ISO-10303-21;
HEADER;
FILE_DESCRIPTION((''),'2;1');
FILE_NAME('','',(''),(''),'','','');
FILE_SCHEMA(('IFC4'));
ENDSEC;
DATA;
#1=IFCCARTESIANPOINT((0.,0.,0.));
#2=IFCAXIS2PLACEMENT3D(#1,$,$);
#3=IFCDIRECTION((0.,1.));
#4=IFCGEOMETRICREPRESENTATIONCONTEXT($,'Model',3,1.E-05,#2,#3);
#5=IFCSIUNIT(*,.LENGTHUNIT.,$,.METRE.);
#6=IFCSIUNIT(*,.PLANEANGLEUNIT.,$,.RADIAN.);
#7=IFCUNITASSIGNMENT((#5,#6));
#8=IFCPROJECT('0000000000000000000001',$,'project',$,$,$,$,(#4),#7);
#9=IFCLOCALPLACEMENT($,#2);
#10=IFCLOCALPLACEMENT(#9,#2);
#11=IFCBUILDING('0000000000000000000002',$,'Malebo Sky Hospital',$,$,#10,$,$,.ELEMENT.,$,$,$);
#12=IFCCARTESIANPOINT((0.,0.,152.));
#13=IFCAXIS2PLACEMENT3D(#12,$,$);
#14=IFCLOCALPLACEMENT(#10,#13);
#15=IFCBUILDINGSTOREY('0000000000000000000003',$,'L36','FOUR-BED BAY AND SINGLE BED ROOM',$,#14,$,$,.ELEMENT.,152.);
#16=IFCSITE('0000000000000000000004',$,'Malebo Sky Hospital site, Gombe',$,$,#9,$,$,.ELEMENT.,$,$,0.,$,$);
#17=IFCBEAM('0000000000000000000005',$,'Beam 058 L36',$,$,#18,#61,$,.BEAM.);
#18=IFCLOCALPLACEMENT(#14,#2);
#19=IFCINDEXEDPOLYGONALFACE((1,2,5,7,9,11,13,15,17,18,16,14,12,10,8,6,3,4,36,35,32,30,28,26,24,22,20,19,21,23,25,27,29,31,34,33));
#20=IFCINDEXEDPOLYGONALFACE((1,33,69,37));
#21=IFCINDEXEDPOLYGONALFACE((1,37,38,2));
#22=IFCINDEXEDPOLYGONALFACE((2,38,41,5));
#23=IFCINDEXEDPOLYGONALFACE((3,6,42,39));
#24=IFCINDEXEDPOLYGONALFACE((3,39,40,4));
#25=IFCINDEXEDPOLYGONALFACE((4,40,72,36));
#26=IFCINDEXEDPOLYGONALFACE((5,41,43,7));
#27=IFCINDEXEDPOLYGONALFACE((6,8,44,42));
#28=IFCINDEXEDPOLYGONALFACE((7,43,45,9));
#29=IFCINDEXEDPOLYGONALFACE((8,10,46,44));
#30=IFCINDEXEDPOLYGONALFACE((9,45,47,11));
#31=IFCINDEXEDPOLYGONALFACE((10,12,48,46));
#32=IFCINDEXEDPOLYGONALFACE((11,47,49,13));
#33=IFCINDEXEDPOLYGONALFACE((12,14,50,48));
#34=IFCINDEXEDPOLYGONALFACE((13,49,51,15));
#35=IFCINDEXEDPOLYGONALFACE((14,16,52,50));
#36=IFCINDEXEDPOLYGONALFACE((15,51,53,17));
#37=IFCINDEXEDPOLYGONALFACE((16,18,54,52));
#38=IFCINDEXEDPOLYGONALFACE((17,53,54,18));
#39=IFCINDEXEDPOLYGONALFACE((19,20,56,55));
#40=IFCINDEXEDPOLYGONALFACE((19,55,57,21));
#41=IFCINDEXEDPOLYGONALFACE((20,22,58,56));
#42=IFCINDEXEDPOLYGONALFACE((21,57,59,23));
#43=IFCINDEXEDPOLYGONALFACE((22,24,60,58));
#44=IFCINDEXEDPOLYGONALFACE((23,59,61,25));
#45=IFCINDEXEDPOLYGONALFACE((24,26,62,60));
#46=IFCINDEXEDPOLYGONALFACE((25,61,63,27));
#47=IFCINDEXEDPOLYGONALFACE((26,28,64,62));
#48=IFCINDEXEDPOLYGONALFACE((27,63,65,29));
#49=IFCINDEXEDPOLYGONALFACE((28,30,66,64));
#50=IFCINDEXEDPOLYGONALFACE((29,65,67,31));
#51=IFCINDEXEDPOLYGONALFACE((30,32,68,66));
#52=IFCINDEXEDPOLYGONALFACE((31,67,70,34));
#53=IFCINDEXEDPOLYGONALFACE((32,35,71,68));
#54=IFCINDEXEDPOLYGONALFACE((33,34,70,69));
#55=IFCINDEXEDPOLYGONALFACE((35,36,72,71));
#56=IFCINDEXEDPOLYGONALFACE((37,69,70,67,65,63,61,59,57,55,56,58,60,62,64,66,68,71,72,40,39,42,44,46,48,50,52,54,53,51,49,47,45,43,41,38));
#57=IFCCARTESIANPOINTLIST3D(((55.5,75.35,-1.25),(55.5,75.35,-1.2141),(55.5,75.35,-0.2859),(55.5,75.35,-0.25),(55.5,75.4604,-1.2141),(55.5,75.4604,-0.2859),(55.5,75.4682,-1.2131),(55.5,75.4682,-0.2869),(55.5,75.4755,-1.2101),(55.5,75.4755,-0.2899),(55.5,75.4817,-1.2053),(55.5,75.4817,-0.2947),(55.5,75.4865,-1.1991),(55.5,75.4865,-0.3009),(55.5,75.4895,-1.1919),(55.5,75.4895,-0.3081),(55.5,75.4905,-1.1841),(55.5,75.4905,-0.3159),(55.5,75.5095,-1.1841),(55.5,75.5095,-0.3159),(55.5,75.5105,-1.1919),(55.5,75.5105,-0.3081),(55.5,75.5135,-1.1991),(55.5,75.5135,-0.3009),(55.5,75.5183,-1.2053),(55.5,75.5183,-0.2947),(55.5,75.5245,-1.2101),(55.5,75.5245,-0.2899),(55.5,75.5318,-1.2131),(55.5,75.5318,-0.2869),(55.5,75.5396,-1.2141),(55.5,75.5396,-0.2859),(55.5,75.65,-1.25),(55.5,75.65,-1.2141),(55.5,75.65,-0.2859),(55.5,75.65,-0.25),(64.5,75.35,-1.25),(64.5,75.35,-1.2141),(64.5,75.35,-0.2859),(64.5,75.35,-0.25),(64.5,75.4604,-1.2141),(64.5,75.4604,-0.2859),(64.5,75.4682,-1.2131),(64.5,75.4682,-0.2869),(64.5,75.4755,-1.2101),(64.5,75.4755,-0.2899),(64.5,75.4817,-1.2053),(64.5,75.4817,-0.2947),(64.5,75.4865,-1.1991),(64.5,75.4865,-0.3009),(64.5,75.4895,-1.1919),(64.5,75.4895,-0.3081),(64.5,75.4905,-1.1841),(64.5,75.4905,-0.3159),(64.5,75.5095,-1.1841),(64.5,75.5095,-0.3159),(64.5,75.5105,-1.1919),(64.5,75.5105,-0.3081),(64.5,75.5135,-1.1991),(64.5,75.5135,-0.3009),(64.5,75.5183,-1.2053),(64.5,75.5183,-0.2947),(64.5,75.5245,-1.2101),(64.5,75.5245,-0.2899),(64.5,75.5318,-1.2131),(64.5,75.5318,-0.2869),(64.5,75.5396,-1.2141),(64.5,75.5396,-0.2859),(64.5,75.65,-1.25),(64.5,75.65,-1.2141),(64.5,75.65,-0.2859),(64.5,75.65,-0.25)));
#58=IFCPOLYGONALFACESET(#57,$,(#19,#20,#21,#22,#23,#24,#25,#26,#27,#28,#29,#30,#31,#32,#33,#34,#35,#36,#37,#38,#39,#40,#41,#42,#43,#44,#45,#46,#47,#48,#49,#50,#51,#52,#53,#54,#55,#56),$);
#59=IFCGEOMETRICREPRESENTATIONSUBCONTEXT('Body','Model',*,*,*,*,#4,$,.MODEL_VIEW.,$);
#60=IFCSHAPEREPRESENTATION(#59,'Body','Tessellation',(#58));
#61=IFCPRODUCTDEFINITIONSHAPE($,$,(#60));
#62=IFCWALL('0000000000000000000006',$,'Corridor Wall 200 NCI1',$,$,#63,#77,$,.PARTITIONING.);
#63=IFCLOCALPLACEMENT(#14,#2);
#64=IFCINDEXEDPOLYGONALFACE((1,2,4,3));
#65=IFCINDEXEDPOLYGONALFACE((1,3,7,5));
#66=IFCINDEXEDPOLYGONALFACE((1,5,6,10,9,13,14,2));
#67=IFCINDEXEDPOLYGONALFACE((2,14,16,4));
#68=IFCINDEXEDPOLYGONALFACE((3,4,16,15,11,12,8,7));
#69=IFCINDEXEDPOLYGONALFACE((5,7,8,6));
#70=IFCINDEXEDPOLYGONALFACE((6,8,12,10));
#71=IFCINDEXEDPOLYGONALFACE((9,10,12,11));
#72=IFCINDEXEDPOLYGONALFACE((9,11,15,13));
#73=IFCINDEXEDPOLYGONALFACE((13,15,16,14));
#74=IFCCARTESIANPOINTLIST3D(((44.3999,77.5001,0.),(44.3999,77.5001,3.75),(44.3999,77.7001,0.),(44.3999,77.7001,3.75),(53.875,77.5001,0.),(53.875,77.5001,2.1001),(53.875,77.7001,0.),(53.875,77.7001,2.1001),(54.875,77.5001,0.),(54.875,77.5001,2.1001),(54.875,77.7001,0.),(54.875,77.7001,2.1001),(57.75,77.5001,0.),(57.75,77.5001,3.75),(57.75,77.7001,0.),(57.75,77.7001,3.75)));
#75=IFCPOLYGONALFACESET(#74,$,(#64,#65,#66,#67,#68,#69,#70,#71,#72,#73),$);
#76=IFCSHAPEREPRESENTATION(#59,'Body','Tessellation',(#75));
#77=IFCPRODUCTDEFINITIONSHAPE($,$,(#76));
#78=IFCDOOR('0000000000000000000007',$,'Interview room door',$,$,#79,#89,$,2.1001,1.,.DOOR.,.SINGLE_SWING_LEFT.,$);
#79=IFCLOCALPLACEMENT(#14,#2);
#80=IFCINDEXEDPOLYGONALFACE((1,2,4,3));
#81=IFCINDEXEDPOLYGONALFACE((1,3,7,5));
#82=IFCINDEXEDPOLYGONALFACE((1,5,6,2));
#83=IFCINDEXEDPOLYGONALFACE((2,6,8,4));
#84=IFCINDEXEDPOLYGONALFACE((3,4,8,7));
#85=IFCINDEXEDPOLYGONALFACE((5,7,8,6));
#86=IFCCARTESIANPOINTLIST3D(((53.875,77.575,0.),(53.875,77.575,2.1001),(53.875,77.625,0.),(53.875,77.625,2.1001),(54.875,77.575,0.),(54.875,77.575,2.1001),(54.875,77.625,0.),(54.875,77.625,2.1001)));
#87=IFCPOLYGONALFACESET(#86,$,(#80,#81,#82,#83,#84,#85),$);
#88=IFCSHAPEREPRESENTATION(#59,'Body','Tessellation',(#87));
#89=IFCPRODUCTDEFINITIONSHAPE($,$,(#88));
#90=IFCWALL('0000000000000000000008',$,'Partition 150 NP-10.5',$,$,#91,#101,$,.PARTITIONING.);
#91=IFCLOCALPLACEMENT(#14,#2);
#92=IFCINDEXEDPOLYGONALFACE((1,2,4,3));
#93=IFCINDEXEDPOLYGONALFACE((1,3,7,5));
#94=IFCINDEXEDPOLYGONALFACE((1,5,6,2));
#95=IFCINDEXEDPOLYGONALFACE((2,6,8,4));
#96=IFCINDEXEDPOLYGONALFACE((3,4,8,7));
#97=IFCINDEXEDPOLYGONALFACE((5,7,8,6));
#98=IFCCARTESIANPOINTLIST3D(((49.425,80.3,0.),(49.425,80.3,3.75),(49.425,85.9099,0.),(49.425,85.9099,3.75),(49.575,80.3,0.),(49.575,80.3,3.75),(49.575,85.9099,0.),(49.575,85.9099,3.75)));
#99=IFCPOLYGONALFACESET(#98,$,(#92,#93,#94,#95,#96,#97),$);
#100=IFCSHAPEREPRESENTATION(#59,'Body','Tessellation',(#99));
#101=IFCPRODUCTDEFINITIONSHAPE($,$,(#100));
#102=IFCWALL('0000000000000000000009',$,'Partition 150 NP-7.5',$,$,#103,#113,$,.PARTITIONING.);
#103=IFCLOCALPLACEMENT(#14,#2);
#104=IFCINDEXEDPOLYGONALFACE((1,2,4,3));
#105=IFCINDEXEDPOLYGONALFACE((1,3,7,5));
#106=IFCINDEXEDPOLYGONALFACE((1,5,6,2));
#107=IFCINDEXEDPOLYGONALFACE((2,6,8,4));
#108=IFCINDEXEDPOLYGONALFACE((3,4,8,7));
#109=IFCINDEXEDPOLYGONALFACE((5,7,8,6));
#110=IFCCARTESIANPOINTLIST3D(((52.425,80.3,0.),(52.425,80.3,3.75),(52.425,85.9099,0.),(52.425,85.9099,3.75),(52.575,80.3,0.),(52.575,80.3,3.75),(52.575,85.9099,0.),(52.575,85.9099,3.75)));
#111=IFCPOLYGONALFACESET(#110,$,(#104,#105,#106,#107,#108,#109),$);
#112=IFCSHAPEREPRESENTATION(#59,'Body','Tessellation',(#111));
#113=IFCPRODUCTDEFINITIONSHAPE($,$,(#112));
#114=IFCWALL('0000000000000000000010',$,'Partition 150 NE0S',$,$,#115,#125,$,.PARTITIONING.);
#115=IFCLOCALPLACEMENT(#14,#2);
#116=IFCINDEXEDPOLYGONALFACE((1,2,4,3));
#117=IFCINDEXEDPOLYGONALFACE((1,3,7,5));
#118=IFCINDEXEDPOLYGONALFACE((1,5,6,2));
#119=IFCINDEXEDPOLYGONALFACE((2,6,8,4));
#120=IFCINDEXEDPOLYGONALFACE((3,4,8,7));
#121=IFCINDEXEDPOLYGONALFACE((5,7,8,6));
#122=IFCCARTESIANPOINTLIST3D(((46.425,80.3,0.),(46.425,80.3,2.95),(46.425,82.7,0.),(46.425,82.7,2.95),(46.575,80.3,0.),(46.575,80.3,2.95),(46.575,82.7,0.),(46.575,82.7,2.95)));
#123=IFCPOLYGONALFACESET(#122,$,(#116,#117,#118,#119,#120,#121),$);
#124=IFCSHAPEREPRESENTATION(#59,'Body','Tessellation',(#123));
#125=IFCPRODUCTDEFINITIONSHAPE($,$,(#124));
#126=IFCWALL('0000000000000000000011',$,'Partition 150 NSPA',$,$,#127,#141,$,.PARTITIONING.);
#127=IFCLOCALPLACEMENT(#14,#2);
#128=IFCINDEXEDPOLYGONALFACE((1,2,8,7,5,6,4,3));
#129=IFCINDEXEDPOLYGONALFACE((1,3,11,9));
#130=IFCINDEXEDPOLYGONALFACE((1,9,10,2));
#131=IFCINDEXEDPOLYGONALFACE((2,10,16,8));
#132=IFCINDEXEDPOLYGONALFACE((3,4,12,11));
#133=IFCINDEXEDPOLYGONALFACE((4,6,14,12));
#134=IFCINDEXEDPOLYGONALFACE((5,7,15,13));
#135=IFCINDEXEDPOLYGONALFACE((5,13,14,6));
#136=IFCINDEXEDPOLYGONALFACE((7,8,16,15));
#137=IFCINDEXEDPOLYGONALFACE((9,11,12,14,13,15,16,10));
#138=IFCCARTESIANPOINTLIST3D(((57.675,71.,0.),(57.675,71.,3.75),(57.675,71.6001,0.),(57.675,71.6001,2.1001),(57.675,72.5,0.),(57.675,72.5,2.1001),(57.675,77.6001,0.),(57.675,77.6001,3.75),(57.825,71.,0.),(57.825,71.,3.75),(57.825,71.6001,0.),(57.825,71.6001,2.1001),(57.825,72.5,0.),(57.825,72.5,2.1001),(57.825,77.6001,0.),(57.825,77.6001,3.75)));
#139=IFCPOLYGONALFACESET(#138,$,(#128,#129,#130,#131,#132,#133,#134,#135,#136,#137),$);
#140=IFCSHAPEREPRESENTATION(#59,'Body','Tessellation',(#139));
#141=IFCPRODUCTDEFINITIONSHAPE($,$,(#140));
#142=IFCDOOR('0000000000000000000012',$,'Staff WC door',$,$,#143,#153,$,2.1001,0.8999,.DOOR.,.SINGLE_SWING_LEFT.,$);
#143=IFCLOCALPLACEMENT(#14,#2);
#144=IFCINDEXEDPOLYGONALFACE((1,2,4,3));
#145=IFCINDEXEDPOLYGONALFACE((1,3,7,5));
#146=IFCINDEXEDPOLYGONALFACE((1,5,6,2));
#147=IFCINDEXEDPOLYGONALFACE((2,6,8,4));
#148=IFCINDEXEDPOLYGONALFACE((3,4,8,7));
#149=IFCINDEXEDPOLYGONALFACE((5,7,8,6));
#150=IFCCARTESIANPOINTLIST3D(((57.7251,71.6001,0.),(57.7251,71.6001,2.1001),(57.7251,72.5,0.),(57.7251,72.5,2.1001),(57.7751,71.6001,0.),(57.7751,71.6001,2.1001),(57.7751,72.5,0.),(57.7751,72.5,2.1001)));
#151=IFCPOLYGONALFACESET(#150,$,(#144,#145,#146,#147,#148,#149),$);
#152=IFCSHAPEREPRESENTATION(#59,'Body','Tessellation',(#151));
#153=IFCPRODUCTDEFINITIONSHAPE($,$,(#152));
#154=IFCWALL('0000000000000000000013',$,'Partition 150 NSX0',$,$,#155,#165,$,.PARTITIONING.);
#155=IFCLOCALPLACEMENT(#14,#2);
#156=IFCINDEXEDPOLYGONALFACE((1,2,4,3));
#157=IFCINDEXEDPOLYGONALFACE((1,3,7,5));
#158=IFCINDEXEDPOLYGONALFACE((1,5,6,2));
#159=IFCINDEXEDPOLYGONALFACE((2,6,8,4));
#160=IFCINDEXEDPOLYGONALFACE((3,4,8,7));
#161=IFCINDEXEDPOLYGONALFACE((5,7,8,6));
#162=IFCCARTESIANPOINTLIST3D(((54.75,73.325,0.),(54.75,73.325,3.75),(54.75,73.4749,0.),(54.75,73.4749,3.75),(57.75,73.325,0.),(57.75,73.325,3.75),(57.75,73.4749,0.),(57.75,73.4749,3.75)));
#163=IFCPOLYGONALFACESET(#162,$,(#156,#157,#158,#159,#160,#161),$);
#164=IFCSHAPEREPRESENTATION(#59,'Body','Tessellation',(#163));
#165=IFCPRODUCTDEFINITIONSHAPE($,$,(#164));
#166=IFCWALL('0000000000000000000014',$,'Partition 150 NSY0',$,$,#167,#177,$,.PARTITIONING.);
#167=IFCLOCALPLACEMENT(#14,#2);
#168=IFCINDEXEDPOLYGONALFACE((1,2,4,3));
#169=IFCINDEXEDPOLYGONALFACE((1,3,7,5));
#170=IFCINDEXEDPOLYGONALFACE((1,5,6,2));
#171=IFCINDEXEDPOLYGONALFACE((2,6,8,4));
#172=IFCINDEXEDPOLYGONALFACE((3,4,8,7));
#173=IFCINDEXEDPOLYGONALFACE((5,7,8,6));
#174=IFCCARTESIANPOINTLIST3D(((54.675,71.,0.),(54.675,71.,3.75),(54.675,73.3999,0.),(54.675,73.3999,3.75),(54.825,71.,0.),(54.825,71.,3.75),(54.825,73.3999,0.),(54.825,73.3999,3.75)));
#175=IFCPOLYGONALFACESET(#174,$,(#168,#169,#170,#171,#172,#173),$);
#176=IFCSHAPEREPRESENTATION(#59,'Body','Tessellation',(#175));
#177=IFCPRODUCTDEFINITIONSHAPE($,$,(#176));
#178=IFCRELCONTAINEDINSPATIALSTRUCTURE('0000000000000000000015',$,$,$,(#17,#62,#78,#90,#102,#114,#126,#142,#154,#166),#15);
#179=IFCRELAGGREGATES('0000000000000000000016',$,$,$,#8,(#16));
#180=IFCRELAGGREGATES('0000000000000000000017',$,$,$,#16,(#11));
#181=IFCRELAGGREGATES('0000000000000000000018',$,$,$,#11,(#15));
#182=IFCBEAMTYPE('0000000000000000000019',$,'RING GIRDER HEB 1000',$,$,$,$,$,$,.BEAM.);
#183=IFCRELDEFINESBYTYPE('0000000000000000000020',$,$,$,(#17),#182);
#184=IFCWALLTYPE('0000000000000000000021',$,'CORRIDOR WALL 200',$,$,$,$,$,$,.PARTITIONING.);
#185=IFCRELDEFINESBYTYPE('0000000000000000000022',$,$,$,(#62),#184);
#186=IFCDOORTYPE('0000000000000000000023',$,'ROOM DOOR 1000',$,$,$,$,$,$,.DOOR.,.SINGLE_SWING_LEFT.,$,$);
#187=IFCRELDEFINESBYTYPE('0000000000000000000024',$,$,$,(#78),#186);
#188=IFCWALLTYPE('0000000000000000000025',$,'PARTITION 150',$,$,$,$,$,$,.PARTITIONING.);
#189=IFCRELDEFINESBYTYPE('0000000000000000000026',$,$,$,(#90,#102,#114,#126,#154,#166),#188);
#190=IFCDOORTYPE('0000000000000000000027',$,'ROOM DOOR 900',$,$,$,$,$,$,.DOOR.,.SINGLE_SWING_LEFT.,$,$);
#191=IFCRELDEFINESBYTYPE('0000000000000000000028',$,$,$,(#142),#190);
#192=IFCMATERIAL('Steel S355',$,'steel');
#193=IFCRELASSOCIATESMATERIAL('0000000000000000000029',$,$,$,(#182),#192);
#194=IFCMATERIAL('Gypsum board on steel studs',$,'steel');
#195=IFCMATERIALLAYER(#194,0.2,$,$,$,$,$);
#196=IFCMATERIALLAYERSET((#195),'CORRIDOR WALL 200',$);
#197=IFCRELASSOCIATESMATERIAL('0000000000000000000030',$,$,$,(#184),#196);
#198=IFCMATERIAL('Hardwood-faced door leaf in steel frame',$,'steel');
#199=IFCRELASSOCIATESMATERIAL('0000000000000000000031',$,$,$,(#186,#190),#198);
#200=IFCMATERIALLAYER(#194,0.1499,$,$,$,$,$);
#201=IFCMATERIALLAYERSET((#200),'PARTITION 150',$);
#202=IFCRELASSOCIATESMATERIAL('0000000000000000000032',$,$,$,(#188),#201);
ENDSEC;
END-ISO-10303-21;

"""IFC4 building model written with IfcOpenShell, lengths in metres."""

from ifc_helpers import new_model, si_unit, direction, frame, frame_2d, origin, origin_2d, place, context, subcontext, project, spatial, rectangle, i_section, extrude, material, layer, layer_set, material_profile, profile_set, type_object, element, fill, save


model = new_model("IFC4")

# Units and contexts
model_context = context("Model", 3, precision=1e-05, world=origin(), true_north=direction((0.0, 1.0)))
body_context = subcontext(model_context, "Body", "Model", "MODEL_VIEW")
ifc_project = project(units=[si_unit("LENGTHUNIT", "METRE"), si_unit("PLANEANGLEUNIT", "RADIAN")], contexts=[model_context])

# Site, building, storey
site_placement = place(None, origin())
site = spatial("IfcSite", under=ifc_project, at=site_placement, Name="Malebo Sky Hospital site, Gombe", CompositionType="ELEMENT", RefElevation=0.0)
building_placement = place(site_placement, origin())
building = spatial("IfcBuilding", under=site, at=building_placement, Name="Malebo Sky Hospital", CompositionType="ELEMENT")
storey_placement = place(building_placement, frame((0.0, 0.0, 152.0)))
storey = spatial("IfcBuildingStorey", under=building, at=storey_placement, Name="L36", Description="FOUR-BED BAY AND SINGLE BED ROOM", CompositionType="ELEMENT", Elevation=152.0)

# Beam
ifc_material_1 = material(Name="Steel S355", Category="steel")
ifc_material_profile_1 = material_profile(ifc_material_1, i_section(OverallWidth=0.3, OverallDepth=1.0, WebThickness=0.019, FlangeThickness=0.0359, FilletRadius=0.03, at=origin_2d()), Name="HEB 1000")
ifc_profile_set_1 = profile_set([ifc_material_profile_1], Name="Steel S355")
beam_type_1 = type_object("IfcBeamType", Name="RING GIRDER HEB 1000", PredefinedType="BEAM", material=ifc_profile_set_1)
beam_1_placement = place(storey_placement, frame((55.5, 75.5, -0.75), z_axis=(1.0, 0.0, 0.0), x_axis=(0.0, 1.0, 0.0)))
element("IfcBeam", 1, at=beam_1_placement, inside=storey, type_object=beam_type_1, Name="Beam 058 L36", PredefinedType="BEAM", context=body_context, shape_type="SweptSolid", body=[
    extrude(i_section(OverallWidth=0.3, OverallDepth=1.0, WebThickness=0.019, FlangeThickness=0.0359, FilletRadius=0.03, at=origin_2d()), origin(), (0.0, 0.0, 1.0), 9.0),
])

# Wall, opening, door
ifc_material_2 = material(Name="Gypsum board on steel studs", Category="steel")
ifc_layer_1 = layer(ifc_material_2, 0.2)
ifc_layer_set_1 = layer_set([ifc_layer_1], Name="CORRIDOR WALL 200")
wall_type_1 = type_object("IfcWallType", Name="CORRIDOR WALL 200", PredefinedType="PARTITIONING", material=ifc_layer_set_1)
wall_1_placement = place(storey_placement, frame((44.3999, 77.6001, 0.0), z_axis=(0.0, 0.0, 1.0), x_axis=(1.0, 0.0, 0.0)))
wall_1 = element("IfcWall", 2, at=wall_1_placement, inside=storey, type_object=wall_type_1, Name="Corridor Wall 200 NCI1", PredefinedType="PARTITIONING", context=body_context, shape_type="SweptSolid", body=[
    extrude(rectangle(XDim=13.3501, YDim=0.2, at=frame_2d((6.675, 0.0))), origin(), (0.0, 0.0, 1.0), 3.75),
])
opening_1_placement = place(wall_1_placement, frame((9.4751, 0.0, 0.0)))
opening_1 = element("IfcOpeningElement", 3, at=opening_1_placement, cuts=wall_1, PredefinedType="OPENING", context=body_context, shape_type="SweptSolid", body=[
    extrude(rectangle(XDim=1.0, YDim=2.1001, at=frame_2d((0.5, 1.05))), frame((0.0, 0.1099, 0.0), z_axis=(0.0, -1.0, 0.0), x_axis=(1.0, 0.0, 0.0)), (0.0, 0.0, 1.0), 0.22),
])
ifc_material_3 = material(Name="Hardwood-faced door leaf in steel frame", Category="steel")
door_type_1 = type_object("IfcDoorType", Name="ROOM DOOR 1000", OperationType="SINGLE_SWING_LEFT", PredefinedType="DOOR", material=ifc_material_3)
door_1_placement = place(opening_1_placement, origin())
door_1 = element("IfcDoor", 4, at=door_1_placement, inside=storey, type_object=door_type_1, Name="Interview room door", OperationType="SINGLE_SWING_LEFT", OverallHeight=2.1001, OverallWidth=1.0, PredefinedType="DOOR", context=body_context, shape_type="SweptSolid", body=[
    extrude(rectangle(XDim=1.0, YDim=2.1001, at=frame_2d((0.5, 1.05))), frame((0.0, 0.0249, 0.0), z_axis=(0.0, -1.0, 0.0), x_axis=(1.0, 0.0, 0.0)), (0.0, 0.0, 1.0), 0.05),
])
fill(opening_1, door_1)

# Walls
ifc_layer_2 = layer(ifc_material_2, 0.1499)
ifc_layer_set_2 = layer_set([ifc_layer_2], Name="PARTITION 150")
wall_type_2 = type_object("IfcWallType", Name="PARTITION 150", PredefinedType="PARTITIONING", material=ifc_layer_set_2)
for number, where, z_axis, x_axis, name in (
    (5, (49.5, 80.3, 0.0), (0.0, 0.0, 1.0), (0.0, 1.0, 0.0), "Partition 150 NP-10.5"),
    (6, (52.5, 80.3, 0.0), (0.0, 0.0, 1.0), (0.0, 1.0, 0.0), "Partition 150 NP-7.5"),
):
    element("IfcWall", number, at=place(storey_placement, frame(where, z_axis=z_axis, x_axis=x_axis)), inside=storey, type_object=wall_type_2, Name=name, PredefinedType="PARTITIONING", context=body_context, shape_type="SweptSolid", body=[
        extrude(rectangle(XDim=5.6099, YDim=0.1499, at=frame_2d((2.8049, 0.0))), origin(), (0.0, 0.0, 1.0), 3.75),
    ])
wall_2_placement = place(storey_placement, frame((46.5, 80.3, 0.0), z_axis=(0.0, 0.0, 1.0), x_axis=(0.0, 1.0, 0.0)))
element("IfcWall", 7, at=wall_2_placement, inside=storey, type_object=wall_type_2, Name="Partition 150 NE0S", PredefinedType="PARTITIONING", context=body_context, shape_type="SweptSolid", body=[
    extrude(rectangle(XDim=2.3999, YDim=0.1499, at=frame_2d((1.2, 0.0))), origin(), (0.0, 0.0, 1.0), 2.95),
])

# Wall, opening, door
wall_3_placement = place(storey_placement, frame((57.75, 71.0, 0.0), z_axis=(0.0, 0.0, 1.0), x_axis=(0.0, 1.0, 0.0)))
wall_3 = element("IfcWall", 8, at=wall_3_placement, inside=storey, type_object=wall_type_2, Name="Partition 150 NSPA", PredefinedType="PARTITIONING", context=body_context, shape_type="SweptSolid", body=[
    extrude(rectangle(XDim=6.6001, YDim=0.1499, at=frame_2d((3.3, 0.0))), origin(), (0.0, 0.0, 1.0), 3.75),
])
opening_2_placement = place(wall_3_placement, frame((0.6001, 0.0, 0.0)))
opening_2 = element("IfcOpeningElement", 9, at=opening_2_placement, cuts=wall_3, PredefinedType="OPENING", context=body_context, shape_type="SweptSolid", body=[
    extrude(rectangle(XDim=0.8999, YDim=2.1001, at=frame_2d((0.45, 1.05))), frame((0.0, 0.085, 0.0), z_axis=(0.0, -1.0, 0.0), x_axis=(1.0, 0.0, 0.0)), (0.0, 0.0, 1.0), 0.1699),
])
door_type_2 = type_object("IfcDoorType", Name="ROOM DOOR 900", OperationType="SINGLE_SWING_LEFT", PredefinedType="DOOR", material=ifc_material_3)
door_2_placement = place(opening_2_placement, origin())
door_2 = element("IfcDoor", 10, at=door_2_placement, inside=storey, type_object=door_type_2, Name="Staff WC door", OperationType="SINGLE_SWING_LEFT", OverallHeight=2.1001, OverallWidth=0.8999, PredefinedType="DOOR", context=body_context, shape_type="SweptSolid", body=[
    extrude(rectangle(XDim=0.8999, YDim=2.1001, at=frame_2d((0.45, 1.05))), frame((0.0, 0.0249, 0.0), z_axis=(0.0, -1.0, 0.0), x_axis=(1.0, 0.0, 0.0)), (0.0, 0.0, 1.0), 0.05),
])
fill(opening_2, door_2)

# Walls
wall_4_placement = place(storey_placement, frame((54.75, 73.3999, 0.0), z_axis=(0.0, 0.0, 1.0), x_axis=(1.0, 0.0, 0.0)))
element("IfcWall", 11, at=wall_4_placement, inside=storey, type_object=wall_type_2, Name="Partition 150 NSX0", PredefinedType="PARTITIONING", context=body_context, shape_type="SweptSolid", body=[
    extrude(rectangle(XDim=3.0, YDim=0.1499, at=frame_2d((1.5, 0.0))), origin(), (0.0, 0.0, 1.0), 3.75),
])
wall_5_placement = place(storey_placement, frame((54.75, 71.0, 0.0), z_axis=(0.0, 0.0, 1.0), x_axis=(0.0, 1.0, 0.0)))
element("IfcWall", 12, at=wall_5_placement, inside=storey, type_object=wall_type_2, Name="Partition 150 NSY0", PredefinedType="PARTITIONING", context=body_context, shape_type="SweptSolid", body=[
    extrude(rectangle(XDim=2.3999, YDim=0.1499, at=frame_2d((1.2, 0.0))), origin(), (0.0, 0.0, 1.0), 3.75),
])

save(model, "model.ifc")
